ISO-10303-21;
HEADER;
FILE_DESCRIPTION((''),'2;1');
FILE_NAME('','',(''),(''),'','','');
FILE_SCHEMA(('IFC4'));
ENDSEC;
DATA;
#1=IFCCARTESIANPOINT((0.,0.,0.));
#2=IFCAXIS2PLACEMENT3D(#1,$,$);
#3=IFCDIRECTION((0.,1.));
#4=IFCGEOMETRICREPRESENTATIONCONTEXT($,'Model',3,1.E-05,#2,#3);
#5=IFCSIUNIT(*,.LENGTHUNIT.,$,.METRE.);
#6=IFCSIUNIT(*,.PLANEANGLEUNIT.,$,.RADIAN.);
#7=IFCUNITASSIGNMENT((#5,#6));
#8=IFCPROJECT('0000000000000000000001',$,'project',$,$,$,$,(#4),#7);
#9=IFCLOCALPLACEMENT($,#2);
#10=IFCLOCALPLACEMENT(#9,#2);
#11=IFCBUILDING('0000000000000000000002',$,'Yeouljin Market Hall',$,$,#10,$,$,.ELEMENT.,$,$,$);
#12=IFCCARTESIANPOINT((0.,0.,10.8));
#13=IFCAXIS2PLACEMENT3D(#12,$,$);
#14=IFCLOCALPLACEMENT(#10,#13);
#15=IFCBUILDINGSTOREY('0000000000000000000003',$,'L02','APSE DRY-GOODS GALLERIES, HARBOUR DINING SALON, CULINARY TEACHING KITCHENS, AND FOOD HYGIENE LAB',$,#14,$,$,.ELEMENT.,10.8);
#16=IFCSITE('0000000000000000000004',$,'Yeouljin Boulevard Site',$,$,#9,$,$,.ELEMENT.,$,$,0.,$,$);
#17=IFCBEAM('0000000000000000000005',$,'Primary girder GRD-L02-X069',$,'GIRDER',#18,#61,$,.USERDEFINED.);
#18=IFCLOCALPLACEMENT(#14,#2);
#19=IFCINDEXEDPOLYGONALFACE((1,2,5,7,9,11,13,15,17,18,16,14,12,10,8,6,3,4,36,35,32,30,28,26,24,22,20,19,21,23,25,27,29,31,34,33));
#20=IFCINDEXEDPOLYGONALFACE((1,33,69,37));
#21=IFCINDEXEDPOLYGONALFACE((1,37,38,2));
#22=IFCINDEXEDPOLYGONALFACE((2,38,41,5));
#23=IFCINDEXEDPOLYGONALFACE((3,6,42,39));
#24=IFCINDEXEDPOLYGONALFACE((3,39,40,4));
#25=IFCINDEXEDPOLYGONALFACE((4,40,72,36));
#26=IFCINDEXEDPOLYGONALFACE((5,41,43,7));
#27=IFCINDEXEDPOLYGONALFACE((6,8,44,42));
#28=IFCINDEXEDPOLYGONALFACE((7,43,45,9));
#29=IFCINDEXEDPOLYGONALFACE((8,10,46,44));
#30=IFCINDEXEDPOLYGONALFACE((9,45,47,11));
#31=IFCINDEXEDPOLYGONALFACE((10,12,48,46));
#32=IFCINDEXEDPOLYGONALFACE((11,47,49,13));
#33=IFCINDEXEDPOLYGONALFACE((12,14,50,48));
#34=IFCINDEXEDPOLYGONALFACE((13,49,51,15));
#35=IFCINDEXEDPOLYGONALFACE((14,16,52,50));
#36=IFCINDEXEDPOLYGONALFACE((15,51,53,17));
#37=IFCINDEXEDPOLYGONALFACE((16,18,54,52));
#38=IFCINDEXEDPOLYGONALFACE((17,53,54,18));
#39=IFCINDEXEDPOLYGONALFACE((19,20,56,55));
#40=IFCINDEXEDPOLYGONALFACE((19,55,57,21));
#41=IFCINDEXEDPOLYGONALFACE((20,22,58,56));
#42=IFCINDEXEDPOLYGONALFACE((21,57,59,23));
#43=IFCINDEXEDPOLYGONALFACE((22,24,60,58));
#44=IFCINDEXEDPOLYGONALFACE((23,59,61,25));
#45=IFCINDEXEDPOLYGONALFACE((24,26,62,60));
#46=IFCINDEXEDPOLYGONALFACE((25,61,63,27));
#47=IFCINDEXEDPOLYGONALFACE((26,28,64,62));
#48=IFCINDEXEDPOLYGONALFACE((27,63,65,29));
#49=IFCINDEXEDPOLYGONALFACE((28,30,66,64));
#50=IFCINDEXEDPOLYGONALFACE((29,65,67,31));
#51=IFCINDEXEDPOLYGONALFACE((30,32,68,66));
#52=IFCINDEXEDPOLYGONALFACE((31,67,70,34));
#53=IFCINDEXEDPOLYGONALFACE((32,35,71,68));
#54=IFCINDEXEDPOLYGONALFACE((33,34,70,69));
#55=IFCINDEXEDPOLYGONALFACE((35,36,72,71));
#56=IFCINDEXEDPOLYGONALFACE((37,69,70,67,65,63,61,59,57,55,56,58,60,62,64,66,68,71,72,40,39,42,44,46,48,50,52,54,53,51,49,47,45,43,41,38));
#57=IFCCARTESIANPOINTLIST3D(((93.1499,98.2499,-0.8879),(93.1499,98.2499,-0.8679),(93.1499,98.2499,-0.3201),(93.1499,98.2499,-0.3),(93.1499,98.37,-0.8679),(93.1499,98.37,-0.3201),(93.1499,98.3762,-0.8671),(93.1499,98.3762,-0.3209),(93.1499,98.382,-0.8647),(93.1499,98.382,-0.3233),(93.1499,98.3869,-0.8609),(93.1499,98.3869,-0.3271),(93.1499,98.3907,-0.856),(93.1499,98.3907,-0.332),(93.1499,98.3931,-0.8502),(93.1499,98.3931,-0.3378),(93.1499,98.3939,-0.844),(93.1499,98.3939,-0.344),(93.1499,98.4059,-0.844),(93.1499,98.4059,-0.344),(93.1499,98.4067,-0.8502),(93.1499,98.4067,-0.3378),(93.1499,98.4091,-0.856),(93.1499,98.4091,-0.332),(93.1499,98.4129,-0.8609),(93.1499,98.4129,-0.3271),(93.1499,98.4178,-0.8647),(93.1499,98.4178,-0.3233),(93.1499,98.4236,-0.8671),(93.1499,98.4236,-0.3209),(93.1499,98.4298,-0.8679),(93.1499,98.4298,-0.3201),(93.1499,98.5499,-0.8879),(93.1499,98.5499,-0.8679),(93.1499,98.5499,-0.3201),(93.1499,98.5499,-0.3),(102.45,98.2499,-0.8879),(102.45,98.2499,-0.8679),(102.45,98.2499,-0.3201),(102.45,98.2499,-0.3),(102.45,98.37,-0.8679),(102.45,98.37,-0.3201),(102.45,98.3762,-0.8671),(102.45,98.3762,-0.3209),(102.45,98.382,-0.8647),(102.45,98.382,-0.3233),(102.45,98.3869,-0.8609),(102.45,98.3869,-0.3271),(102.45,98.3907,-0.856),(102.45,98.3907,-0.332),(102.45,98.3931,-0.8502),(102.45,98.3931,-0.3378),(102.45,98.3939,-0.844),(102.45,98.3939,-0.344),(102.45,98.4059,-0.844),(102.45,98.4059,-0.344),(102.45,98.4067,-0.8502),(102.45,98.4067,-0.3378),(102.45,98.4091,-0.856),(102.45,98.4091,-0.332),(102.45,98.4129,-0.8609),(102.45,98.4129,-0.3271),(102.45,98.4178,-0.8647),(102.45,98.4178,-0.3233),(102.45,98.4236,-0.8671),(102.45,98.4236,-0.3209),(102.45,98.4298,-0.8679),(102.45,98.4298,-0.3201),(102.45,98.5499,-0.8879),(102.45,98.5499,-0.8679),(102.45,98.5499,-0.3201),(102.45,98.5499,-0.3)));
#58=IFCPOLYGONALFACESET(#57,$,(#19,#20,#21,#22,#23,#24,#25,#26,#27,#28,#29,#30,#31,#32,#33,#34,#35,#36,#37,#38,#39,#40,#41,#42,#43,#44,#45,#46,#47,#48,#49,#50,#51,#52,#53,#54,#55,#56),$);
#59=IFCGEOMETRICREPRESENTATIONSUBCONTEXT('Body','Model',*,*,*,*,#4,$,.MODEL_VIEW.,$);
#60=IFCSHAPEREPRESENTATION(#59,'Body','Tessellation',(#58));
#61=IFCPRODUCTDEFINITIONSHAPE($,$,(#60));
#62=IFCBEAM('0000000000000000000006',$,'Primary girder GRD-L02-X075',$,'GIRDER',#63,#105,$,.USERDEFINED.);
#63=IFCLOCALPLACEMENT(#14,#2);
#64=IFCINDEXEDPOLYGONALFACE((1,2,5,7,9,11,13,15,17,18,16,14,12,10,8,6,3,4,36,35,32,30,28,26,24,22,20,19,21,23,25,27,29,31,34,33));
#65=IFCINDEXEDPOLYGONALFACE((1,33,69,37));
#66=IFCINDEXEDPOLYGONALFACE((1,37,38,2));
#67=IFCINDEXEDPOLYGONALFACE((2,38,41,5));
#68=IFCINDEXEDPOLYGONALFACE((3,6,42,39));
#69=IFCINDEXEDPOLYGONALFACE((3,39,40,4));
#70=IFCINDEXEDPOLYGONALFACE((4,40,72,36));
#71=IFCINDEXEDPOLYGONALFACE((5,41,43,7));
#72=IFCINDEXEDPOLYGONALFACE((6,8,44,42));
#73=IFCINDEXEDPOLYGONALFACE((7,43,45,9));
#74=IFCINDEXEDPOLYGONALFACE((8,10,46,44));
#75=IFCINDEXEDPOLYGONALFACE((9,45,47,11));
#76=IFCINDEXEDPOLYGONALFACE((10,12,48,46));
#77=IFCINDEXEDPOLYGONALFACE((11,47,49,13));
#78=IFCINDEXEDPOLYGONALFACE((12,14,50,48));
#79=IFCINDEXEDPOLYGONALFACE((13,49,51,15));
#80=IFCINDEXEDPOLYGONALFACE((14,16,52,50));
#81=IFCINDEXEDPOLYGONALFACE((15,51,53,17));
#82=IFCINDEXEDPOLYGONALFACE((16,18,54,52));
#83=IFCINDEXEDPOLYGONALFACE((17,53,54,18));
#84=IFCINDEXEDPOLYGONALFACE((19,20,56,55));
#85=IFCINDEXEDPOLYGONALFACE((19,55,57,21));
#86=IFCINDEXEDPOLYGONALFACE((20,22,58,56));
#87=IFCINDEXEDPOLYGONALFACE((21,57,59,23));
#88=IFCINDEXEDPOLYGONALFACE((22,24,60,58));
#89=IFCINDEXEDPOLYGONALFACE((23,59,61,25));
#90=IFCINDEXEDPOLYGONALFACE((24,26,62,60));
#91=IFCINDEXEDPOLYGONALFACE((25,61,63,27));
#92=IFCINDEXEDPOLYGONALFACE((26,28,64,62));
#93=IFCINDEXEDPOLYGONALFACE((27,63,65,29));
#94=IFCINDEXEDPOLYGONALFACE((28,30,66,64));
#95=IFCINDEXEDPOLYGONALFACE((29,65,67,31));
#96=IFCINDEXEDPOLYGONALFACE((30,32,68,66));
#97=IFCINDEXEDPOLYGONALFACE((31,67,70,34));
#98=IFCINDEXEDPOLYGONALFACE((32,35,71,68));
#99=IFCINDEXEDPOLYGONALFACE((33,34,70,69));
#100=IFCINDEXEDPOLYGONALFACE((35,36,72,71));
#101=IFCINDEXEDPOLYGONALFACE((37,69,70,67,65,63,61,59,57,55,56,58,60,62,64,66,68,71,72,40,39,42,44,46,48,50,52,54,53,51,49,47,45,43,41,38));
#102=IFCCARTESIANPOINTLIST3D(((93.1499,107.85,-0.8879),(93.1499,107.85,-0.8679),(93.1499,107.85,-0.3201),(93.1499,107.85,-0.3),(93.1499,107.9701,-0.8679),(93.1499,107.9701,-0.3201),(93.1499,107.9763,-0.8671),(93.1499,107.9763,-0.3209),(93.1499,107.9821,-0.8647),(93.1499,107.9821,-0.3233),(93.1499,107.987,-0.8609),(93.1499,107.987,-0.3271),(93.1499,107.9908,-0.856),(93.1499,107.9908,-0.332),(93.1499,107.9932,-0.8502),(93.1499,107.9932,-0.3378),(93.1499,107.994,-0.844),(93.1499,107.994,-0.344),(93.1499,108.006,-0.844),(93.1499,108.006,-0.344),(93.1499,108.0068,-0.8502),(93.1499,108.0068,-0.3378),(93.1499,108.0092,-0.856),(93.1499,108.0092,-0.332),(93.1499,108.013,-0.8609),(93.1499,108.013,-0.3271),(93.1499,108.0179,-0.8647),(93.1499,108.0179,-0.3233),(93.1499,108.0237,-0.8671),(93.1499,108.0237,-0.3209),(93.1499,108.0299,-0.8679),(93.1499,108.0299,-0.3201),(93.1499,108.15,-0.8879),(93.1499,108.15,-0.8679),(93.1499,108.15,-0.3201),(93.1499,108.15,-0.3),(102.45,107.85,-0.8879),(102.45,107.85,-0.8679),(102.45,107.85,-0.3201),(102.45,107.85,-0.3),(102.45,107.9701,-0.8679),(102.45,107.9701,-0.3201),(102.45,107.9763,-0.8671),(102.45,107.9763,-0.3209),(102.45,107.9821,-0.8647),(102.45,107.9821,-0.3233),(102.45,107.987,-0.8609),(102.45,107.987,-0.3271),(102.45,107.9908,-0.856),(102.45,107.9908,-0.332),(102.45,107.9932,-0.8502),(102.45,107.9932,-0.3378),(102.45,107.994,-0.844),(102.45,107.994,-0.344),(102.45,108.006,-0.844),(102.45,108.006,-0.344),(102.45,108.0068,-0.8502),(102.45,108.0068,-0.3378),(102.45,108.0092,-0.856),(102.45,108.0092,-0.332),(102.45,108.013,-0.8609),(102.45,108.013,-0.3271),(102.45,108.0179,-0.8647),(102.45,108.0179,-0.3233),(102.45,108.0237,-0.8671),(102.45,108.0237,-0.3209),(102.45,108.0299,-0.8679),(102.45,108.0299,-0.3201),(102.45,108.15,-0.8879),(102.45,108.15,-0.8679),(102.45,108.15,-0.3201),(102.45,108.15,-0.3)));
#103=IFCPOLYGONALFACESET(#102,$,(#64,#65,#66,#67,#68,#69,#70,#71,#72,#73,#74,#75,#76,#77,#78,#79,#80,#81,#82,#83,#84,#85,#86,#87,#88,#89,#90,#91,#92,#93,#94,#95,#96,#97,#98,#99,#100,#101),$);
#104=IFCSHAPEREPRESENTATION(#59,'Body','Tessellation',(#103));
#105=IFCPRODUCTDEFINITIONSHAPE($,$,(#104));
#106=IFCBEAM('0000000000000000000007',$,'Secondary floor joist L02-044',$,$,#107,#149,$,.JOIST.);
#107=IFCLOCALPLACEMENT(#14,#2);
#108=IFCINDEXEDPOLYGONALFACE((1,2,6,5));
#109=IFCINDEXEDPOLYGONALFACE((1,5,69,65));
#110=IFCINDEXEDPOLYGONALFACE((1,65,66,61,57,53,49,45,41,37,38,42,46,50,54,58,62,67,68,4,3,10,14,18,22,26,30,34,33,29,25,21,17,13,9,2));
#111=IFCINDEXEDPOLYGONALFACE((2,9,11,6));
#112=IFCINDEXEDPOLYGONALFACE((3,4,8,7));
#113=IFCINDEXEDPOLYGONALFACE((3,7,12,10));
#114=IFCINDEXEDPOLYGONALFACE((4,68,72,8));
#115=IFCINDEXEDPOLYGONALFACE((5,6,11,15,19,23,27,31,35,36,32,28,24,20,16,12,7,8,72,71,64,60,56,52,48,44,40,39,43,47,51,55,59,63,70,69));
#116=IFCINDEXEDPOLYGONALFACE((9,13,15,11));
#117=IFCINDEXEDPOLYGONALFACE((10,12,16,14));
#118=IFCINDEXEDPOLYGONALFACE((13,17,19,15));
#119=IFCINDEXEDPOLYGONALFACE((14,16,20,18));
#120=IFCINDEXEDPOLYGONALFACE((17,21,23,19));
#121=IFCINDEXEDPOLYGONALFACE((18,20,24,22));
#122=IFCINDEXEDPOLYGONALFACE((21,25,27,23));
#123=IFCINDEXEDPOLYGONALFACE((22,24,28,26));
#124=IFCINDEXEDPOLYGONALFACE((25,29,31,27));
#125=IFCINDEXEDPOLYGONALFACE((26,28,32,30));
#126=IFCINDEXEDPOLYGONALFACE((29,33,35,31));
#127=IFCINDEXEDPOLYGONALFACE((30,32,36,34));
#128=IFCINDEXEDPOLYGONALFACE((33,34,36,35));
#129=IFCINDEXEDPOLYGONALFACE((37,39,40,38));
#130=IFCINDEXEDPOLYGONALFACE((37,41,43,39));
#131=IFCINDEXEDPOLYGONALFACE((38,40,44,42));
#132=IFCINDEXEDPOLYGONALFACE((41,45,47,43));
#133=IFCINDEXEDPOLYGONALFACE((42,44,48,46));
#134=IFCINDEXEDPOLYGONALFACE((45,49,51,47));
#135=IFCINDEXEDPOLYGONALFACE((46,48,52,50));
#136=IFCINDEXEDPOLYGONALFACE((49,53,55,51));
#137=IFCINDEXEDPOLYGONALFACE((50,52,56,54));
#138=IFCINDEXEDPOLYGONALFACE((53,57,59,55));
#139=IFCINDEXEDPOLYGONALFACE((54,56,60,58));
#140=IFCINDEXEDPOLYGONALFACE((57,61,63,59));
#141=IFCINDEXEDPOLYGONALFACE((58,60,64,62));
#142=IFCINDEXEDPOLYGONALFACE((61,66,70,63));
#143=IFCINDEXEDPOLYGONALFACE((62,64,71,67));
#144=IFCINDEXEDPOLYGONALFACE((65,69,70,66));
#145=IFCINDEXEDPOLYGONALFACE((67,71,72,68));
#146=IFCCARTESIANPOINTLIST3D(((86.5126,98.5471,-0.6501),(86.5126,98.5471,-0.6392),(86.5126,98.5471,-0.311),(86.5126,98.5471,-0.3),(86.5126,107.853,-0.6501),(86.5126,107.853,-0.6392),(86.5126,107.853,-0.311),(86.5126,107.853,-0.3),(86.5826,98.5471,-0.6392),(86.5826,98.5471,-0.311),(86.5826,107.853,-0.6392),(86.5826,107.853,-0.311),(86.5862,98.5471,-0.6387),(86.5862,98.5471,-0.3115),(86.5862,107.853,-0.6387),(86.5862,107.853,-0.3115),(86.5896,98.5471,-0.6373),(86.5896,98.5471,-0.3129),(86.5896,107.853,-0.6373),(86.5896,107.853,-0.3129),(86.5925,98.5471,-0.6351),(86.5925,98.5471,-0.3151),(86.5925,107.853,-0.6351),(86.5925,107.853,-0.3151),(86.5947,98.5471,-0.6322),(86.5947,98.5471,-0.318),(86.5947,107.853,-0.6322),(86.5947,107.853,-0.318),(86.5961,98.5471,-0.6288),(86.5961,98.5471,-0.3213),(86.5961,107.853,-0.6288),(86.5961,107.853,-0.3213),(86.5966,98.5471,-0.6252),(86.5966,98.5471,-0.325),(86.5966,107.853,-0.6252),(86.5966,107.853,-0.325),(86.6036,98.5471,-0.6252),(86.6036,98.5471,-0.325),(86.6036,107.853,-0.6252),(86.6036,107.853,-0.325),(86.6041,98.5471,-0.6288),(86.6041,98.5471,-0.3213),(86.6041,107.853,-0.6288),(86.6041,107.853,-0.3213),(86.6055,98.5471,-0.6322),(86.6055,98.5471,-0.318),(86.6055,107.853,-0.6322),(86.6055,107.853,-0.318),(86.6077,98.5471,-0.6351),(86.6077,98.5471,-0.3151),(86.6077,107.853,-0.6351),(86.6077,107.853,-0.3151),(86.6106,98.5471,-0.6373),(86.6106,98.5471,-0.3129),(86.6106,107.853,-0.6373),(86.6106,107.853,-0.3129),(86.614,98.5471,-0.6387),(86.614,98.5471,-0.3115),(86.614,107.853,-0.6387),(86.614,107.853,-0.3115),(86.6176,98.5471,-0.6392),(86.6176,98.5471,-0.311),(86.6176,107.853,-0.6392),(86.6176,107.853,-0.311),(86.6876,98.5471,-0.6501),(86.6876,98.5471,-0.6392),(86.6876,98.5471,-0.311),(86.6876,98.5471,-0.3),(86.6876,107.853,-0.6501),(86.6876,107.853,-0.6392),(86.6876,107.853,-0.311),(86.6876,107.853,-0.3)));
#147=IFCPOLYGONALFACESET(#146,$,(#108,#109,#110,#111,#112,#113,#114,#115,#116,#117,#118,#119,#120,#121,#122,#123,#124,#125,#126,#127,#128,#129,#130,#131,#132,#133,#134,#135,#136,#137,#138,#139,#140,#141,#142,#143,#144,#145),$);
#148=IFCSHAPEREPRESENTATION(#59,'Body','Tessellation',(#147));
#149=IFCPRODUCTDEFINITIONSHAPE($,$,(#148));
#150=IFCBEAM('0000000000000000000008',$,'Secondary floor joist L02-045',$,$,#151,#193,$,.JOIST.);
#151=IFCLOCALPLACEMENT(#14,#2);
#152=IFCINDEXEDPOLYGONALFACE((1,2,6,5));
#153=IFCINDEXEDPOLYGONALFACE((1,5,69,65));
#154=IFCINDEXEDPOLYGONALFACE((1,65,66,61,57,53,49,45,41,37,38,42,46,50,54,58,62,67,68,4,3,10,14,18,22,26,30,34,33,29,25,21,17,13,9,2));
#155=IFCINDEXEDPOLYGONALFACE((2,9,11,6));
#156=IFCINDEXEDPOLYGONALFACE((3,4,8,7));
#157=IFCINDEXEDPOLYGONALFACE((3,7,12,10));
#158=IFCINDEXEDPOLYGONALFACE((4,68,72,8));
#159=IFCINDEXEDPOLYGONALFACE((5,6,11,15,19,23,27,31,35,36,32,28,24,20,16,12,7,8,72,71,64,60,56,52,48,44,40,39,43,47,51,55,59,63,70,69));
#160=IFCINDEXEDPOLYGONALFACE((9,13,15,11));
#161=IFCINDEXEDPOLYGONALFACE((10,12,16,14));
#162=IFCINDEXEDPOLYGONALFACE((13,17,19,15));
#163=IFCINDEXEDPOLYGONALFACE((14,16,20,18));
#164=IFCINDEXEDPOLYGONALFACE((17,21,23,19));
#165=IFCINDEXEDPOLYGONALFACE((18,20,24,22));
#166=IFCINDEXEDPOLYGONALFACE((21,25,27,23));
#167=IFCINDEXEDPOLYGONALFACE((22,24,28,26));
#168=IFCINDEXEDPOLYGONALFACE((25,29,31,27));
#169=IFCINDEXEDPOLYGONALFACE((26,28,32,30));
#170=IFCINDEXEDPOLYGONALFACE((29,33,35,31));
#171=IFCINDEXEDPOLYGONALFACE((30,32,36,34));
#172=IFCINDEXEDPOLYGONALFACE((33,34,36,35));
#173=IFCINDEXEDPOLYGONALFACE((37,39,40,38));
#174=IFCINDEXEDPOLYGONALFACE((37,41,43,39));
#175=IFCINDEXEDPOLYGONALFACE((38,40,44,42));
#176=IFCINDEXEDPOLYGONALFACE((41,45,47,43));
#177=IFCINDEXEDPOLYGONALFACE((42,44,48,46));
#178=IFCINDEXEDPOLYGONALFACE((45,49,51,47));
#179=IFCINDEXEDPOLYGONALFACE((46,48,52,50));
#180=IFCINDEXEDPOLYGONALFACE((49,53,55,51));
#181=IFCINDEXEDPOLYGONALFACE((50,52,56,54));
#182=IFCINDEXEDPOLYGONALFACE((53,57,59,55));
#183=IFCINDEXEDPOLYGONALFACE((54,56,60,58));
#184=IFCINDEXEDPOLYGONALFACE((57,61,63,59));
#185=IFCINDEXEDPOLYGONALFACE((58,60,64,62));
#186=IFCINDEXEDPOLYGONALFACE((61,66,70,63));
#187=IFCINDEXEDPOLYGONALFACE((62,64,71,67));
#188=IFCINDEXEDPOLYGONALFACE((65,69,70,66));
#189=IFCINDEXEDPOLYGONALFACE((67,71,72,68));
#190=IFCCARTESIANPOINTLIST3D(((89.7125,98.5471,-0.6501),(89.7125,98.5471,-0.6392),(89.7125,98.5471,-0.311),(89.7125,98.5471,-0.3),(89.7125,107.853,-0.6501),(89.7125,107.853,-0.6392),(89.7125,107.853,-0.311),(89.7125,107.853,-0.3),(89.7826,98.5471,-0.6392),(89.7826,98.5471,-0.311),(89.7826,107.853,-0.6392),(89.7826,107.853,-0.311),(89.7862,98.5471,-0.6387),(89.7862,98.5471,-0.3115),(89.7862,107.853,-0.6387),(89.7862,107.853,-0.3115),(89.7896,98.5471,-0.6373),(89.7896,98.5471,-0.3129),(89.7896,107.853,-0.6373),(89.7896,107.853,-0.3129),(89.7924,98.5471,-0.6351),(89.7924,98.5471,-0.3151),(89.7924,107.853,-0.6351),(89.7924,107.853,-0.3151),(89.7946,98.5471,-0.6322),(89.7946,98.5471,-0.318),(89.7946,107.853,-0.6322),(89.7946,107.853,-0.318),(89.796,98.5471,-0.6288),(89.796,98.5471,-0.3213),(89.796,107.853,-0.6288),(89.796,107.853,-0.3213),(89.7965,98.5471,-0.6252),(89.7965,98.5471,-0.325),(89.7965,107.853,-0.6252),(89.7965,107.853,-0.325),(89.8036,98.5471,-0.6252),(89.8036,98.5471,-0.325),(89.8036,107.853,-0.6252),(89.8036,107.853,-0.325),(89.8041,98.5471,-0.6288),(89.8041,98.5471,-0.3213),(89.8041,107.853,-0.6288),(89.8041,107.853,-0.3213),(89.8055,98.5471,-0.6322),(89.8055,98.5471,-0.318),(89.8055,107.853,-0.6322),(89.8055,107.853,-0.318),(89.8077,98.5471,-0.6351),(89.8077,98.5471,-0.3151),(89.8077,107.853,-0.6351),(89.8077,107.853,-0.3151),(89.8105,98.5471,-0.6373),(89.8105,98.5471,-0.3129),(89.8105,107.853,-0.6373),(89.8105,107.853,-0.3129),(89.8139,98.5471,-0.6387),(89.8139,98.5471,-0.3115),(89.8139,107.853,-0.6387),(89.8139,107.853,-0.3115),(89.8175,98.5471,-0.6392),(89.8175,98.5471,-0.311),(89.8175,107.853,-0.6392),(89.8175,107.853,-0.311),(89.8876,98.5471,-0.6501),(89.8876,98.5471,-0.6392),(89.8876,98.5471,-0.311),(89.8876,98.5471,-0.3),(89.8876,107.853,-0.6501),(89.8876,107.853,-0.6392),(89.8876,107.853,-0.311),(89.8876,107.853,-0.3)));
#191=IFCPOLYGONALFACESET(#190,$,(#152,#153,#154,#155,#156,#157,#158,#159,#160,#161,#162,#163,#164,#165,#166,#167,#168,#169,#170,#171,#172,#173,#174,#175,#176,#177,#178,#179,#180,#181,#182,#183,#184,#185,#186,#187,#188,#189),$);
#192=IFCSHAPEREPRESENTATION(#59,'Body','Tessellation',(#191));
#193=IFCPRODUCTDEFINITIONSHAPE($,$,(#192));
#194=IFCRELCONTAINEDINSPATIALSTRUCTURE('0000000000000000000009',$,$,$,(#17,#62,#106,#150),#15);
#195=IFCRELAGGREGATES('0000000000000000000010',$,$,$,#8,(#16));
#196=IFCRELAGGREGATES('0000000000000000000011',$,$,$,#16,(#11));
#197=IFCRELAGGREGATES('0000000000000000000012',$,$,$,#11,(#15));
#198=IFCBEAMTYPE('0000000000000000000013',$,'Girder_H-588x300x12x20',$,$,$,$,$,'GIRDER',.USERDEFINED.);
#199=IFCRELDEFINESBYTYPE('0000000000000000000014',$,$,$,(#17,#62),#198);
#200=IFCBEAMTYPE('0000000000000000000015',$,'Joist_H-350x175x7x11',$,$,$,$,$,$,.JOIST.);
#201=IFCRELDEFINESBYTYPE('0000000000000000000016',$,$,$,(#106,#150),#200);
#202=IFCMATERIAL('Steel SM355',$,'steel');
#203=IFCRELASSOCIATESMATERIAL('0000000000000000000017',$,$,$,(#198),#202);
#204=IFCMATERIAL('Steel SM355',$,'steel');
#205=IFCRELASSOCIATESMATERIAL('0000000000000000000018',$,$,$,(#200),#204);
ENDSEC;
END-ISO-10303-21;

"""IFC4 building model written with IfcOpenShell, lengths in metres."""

from ifc_helpers import new_model, si_unit, direction, frame, origin, origin_2d, place, context, subcontext, project, spatial, i_section, extrude, material, material_profile, profile_set, type_object, element, save


model = new_model("IFC4")

# Units and contexts
model_context = context("Model", 3, precision=1e-05, world=origin(), true_north=direction((0.0, 1.0)))
body_context = subcontext(model_context, "Body", "Model", "MODEL_VIEW")
ifc_project = project(units=[si_unit("LENGTHUNIT", "METRE"), si_unit("PLANEANGLEUNIT", "RADIAN")], contexts=[model_context])

# Site, building, storey
site_placement = place(None, origin())
site = spatial("IfcSite", under=ifc_project, at=site_placement, Name="Yeouljin Boulevard Site", CompositionType="ELEMENT", RefElevation=0.0)
building_placement = place(site_placement, origin())
building = spatial("IfcBuilding", under=site, at=building_placement, Name="Yeouljin Market Hall", CompositionType="ELEMENT")
storey_placement = place(building_placement, frame((0.0, 0.0, 10.8)))
storey = spatial("IfcBuildingStorey", under=building, at=storey_placement, Name="L02", Description="APSE DRY-GOODS GALLERIES, HARBOUR DINING SALON, CULINARY TEACHING KITCHENS, AND FOOD HYGIENE LAB", CompositionType="ELEMENT", Elevation=10.8)

# Beams
ifc_material_1 = material(Name="Steel SM355", Category="steel")
ifc_material_profile_1 = material_profile(ifc_material_1, i_section(OverallWidth=0.3, OverallDepth=0.5879, WebThickness=0.012, FlangeThickness=0.02, FilletRadius=0.0239, at=origin_2d()), Name="H-588x300x12x20")
ifc_profile_set_1 = profile_set([ifc_material_profile_1], Name="Steel SM355")
beam_type_1 = type_object("IfcBeamType", Name="Girder_H-588x300x12x20", ElementType="GIRDER", PredefinedType="USERDEFINED", material=ifc_profile_set_1)
for number, where, z_axis, x_axis, name in (
    (1, (93.1499, 98.3999, -0.594), (1.0, 0.0, 0.0), (0.0, 1.0, 0.0), "Primary girder GRD-L02-X069"),
    (2, (93.1499, 108.0, -0.594), (1.0, 0.0, 0.0), (0.0, 1.0, 0.0), "Primary girder GRD-L02-X075"),
):
    element("IfcBeam", number, at=place(storey_placement, frame(where, z_axis=z_axis, x_axis=x_axis)), inside=storey, type_object=beam_type_1, Name=name, ObjectType="GIRDER", PredefinedType="USERDEFINED", context=body_context, shape_type="SweptSolid", body=[
        extrude(i_section(OverallWidth=0.3, OverallDepth=0.5879, WebThickness=0.012, FlangeThickness=0.02, FilletRadius=0.0239, at=origin_2d()), origin(), (0.0, 0.0, 1.0), 9.3),
    ])
ifc_material_2 = material(Name="Steel SM355", Category="steel")
ifc_material_profile_2 = material_profile(ifc_material_2, i_section(OverallWidth=0.175, OverallDepth=0.3501, WebThickness=0.0071, FlangeThickness=0.011, FilletRadius=0.0139, at=origin_2d()), Name="H-350x175x7x11")
ifc_profile_set_2 = profile_set([ifc_material_profile_2], Name="Steel SM355")
beam_type_2 = type_object("IfcBeamType", Name="Joist_H-350x175x7x11", PredefinedType="JOIST", material=ifc_profile_set_2)
for number, where, z_axis, x_axis, name in (
    (3, (86.6001, 98.5471, -0.4751), (0.0, 1.0, 0.0), (-1.0, 0.0, 0.0), "Secondary floor joist L02-044"),
    (4, (89.8, 98.5471, -0.4751), (0.0, 1.0, 0.0), (-1.0, 0.0, 0.0), "Secondary floor joist L02-045"),
):
    element("IfcBeam", number, at=place(storey_placement, frame(where, z_axis=z_axis, x_axis=x_axis)), inside=storey, type_object=beam_type_2, Name=name, PredefinedType="JOIST", context=body_context, shape_type="SweptSolid", body=[
        extrude(i_section(OverallWidth=0.175, OverallDepth=0.3501, WebThickness=0.0071, FlangeThickness=0.011, FilletRadius=0.0139, at=origin_2d()), origin(), (0.0, 0.0, 1.0), 9.3059),
    ])

save(model, "model.ifc")
